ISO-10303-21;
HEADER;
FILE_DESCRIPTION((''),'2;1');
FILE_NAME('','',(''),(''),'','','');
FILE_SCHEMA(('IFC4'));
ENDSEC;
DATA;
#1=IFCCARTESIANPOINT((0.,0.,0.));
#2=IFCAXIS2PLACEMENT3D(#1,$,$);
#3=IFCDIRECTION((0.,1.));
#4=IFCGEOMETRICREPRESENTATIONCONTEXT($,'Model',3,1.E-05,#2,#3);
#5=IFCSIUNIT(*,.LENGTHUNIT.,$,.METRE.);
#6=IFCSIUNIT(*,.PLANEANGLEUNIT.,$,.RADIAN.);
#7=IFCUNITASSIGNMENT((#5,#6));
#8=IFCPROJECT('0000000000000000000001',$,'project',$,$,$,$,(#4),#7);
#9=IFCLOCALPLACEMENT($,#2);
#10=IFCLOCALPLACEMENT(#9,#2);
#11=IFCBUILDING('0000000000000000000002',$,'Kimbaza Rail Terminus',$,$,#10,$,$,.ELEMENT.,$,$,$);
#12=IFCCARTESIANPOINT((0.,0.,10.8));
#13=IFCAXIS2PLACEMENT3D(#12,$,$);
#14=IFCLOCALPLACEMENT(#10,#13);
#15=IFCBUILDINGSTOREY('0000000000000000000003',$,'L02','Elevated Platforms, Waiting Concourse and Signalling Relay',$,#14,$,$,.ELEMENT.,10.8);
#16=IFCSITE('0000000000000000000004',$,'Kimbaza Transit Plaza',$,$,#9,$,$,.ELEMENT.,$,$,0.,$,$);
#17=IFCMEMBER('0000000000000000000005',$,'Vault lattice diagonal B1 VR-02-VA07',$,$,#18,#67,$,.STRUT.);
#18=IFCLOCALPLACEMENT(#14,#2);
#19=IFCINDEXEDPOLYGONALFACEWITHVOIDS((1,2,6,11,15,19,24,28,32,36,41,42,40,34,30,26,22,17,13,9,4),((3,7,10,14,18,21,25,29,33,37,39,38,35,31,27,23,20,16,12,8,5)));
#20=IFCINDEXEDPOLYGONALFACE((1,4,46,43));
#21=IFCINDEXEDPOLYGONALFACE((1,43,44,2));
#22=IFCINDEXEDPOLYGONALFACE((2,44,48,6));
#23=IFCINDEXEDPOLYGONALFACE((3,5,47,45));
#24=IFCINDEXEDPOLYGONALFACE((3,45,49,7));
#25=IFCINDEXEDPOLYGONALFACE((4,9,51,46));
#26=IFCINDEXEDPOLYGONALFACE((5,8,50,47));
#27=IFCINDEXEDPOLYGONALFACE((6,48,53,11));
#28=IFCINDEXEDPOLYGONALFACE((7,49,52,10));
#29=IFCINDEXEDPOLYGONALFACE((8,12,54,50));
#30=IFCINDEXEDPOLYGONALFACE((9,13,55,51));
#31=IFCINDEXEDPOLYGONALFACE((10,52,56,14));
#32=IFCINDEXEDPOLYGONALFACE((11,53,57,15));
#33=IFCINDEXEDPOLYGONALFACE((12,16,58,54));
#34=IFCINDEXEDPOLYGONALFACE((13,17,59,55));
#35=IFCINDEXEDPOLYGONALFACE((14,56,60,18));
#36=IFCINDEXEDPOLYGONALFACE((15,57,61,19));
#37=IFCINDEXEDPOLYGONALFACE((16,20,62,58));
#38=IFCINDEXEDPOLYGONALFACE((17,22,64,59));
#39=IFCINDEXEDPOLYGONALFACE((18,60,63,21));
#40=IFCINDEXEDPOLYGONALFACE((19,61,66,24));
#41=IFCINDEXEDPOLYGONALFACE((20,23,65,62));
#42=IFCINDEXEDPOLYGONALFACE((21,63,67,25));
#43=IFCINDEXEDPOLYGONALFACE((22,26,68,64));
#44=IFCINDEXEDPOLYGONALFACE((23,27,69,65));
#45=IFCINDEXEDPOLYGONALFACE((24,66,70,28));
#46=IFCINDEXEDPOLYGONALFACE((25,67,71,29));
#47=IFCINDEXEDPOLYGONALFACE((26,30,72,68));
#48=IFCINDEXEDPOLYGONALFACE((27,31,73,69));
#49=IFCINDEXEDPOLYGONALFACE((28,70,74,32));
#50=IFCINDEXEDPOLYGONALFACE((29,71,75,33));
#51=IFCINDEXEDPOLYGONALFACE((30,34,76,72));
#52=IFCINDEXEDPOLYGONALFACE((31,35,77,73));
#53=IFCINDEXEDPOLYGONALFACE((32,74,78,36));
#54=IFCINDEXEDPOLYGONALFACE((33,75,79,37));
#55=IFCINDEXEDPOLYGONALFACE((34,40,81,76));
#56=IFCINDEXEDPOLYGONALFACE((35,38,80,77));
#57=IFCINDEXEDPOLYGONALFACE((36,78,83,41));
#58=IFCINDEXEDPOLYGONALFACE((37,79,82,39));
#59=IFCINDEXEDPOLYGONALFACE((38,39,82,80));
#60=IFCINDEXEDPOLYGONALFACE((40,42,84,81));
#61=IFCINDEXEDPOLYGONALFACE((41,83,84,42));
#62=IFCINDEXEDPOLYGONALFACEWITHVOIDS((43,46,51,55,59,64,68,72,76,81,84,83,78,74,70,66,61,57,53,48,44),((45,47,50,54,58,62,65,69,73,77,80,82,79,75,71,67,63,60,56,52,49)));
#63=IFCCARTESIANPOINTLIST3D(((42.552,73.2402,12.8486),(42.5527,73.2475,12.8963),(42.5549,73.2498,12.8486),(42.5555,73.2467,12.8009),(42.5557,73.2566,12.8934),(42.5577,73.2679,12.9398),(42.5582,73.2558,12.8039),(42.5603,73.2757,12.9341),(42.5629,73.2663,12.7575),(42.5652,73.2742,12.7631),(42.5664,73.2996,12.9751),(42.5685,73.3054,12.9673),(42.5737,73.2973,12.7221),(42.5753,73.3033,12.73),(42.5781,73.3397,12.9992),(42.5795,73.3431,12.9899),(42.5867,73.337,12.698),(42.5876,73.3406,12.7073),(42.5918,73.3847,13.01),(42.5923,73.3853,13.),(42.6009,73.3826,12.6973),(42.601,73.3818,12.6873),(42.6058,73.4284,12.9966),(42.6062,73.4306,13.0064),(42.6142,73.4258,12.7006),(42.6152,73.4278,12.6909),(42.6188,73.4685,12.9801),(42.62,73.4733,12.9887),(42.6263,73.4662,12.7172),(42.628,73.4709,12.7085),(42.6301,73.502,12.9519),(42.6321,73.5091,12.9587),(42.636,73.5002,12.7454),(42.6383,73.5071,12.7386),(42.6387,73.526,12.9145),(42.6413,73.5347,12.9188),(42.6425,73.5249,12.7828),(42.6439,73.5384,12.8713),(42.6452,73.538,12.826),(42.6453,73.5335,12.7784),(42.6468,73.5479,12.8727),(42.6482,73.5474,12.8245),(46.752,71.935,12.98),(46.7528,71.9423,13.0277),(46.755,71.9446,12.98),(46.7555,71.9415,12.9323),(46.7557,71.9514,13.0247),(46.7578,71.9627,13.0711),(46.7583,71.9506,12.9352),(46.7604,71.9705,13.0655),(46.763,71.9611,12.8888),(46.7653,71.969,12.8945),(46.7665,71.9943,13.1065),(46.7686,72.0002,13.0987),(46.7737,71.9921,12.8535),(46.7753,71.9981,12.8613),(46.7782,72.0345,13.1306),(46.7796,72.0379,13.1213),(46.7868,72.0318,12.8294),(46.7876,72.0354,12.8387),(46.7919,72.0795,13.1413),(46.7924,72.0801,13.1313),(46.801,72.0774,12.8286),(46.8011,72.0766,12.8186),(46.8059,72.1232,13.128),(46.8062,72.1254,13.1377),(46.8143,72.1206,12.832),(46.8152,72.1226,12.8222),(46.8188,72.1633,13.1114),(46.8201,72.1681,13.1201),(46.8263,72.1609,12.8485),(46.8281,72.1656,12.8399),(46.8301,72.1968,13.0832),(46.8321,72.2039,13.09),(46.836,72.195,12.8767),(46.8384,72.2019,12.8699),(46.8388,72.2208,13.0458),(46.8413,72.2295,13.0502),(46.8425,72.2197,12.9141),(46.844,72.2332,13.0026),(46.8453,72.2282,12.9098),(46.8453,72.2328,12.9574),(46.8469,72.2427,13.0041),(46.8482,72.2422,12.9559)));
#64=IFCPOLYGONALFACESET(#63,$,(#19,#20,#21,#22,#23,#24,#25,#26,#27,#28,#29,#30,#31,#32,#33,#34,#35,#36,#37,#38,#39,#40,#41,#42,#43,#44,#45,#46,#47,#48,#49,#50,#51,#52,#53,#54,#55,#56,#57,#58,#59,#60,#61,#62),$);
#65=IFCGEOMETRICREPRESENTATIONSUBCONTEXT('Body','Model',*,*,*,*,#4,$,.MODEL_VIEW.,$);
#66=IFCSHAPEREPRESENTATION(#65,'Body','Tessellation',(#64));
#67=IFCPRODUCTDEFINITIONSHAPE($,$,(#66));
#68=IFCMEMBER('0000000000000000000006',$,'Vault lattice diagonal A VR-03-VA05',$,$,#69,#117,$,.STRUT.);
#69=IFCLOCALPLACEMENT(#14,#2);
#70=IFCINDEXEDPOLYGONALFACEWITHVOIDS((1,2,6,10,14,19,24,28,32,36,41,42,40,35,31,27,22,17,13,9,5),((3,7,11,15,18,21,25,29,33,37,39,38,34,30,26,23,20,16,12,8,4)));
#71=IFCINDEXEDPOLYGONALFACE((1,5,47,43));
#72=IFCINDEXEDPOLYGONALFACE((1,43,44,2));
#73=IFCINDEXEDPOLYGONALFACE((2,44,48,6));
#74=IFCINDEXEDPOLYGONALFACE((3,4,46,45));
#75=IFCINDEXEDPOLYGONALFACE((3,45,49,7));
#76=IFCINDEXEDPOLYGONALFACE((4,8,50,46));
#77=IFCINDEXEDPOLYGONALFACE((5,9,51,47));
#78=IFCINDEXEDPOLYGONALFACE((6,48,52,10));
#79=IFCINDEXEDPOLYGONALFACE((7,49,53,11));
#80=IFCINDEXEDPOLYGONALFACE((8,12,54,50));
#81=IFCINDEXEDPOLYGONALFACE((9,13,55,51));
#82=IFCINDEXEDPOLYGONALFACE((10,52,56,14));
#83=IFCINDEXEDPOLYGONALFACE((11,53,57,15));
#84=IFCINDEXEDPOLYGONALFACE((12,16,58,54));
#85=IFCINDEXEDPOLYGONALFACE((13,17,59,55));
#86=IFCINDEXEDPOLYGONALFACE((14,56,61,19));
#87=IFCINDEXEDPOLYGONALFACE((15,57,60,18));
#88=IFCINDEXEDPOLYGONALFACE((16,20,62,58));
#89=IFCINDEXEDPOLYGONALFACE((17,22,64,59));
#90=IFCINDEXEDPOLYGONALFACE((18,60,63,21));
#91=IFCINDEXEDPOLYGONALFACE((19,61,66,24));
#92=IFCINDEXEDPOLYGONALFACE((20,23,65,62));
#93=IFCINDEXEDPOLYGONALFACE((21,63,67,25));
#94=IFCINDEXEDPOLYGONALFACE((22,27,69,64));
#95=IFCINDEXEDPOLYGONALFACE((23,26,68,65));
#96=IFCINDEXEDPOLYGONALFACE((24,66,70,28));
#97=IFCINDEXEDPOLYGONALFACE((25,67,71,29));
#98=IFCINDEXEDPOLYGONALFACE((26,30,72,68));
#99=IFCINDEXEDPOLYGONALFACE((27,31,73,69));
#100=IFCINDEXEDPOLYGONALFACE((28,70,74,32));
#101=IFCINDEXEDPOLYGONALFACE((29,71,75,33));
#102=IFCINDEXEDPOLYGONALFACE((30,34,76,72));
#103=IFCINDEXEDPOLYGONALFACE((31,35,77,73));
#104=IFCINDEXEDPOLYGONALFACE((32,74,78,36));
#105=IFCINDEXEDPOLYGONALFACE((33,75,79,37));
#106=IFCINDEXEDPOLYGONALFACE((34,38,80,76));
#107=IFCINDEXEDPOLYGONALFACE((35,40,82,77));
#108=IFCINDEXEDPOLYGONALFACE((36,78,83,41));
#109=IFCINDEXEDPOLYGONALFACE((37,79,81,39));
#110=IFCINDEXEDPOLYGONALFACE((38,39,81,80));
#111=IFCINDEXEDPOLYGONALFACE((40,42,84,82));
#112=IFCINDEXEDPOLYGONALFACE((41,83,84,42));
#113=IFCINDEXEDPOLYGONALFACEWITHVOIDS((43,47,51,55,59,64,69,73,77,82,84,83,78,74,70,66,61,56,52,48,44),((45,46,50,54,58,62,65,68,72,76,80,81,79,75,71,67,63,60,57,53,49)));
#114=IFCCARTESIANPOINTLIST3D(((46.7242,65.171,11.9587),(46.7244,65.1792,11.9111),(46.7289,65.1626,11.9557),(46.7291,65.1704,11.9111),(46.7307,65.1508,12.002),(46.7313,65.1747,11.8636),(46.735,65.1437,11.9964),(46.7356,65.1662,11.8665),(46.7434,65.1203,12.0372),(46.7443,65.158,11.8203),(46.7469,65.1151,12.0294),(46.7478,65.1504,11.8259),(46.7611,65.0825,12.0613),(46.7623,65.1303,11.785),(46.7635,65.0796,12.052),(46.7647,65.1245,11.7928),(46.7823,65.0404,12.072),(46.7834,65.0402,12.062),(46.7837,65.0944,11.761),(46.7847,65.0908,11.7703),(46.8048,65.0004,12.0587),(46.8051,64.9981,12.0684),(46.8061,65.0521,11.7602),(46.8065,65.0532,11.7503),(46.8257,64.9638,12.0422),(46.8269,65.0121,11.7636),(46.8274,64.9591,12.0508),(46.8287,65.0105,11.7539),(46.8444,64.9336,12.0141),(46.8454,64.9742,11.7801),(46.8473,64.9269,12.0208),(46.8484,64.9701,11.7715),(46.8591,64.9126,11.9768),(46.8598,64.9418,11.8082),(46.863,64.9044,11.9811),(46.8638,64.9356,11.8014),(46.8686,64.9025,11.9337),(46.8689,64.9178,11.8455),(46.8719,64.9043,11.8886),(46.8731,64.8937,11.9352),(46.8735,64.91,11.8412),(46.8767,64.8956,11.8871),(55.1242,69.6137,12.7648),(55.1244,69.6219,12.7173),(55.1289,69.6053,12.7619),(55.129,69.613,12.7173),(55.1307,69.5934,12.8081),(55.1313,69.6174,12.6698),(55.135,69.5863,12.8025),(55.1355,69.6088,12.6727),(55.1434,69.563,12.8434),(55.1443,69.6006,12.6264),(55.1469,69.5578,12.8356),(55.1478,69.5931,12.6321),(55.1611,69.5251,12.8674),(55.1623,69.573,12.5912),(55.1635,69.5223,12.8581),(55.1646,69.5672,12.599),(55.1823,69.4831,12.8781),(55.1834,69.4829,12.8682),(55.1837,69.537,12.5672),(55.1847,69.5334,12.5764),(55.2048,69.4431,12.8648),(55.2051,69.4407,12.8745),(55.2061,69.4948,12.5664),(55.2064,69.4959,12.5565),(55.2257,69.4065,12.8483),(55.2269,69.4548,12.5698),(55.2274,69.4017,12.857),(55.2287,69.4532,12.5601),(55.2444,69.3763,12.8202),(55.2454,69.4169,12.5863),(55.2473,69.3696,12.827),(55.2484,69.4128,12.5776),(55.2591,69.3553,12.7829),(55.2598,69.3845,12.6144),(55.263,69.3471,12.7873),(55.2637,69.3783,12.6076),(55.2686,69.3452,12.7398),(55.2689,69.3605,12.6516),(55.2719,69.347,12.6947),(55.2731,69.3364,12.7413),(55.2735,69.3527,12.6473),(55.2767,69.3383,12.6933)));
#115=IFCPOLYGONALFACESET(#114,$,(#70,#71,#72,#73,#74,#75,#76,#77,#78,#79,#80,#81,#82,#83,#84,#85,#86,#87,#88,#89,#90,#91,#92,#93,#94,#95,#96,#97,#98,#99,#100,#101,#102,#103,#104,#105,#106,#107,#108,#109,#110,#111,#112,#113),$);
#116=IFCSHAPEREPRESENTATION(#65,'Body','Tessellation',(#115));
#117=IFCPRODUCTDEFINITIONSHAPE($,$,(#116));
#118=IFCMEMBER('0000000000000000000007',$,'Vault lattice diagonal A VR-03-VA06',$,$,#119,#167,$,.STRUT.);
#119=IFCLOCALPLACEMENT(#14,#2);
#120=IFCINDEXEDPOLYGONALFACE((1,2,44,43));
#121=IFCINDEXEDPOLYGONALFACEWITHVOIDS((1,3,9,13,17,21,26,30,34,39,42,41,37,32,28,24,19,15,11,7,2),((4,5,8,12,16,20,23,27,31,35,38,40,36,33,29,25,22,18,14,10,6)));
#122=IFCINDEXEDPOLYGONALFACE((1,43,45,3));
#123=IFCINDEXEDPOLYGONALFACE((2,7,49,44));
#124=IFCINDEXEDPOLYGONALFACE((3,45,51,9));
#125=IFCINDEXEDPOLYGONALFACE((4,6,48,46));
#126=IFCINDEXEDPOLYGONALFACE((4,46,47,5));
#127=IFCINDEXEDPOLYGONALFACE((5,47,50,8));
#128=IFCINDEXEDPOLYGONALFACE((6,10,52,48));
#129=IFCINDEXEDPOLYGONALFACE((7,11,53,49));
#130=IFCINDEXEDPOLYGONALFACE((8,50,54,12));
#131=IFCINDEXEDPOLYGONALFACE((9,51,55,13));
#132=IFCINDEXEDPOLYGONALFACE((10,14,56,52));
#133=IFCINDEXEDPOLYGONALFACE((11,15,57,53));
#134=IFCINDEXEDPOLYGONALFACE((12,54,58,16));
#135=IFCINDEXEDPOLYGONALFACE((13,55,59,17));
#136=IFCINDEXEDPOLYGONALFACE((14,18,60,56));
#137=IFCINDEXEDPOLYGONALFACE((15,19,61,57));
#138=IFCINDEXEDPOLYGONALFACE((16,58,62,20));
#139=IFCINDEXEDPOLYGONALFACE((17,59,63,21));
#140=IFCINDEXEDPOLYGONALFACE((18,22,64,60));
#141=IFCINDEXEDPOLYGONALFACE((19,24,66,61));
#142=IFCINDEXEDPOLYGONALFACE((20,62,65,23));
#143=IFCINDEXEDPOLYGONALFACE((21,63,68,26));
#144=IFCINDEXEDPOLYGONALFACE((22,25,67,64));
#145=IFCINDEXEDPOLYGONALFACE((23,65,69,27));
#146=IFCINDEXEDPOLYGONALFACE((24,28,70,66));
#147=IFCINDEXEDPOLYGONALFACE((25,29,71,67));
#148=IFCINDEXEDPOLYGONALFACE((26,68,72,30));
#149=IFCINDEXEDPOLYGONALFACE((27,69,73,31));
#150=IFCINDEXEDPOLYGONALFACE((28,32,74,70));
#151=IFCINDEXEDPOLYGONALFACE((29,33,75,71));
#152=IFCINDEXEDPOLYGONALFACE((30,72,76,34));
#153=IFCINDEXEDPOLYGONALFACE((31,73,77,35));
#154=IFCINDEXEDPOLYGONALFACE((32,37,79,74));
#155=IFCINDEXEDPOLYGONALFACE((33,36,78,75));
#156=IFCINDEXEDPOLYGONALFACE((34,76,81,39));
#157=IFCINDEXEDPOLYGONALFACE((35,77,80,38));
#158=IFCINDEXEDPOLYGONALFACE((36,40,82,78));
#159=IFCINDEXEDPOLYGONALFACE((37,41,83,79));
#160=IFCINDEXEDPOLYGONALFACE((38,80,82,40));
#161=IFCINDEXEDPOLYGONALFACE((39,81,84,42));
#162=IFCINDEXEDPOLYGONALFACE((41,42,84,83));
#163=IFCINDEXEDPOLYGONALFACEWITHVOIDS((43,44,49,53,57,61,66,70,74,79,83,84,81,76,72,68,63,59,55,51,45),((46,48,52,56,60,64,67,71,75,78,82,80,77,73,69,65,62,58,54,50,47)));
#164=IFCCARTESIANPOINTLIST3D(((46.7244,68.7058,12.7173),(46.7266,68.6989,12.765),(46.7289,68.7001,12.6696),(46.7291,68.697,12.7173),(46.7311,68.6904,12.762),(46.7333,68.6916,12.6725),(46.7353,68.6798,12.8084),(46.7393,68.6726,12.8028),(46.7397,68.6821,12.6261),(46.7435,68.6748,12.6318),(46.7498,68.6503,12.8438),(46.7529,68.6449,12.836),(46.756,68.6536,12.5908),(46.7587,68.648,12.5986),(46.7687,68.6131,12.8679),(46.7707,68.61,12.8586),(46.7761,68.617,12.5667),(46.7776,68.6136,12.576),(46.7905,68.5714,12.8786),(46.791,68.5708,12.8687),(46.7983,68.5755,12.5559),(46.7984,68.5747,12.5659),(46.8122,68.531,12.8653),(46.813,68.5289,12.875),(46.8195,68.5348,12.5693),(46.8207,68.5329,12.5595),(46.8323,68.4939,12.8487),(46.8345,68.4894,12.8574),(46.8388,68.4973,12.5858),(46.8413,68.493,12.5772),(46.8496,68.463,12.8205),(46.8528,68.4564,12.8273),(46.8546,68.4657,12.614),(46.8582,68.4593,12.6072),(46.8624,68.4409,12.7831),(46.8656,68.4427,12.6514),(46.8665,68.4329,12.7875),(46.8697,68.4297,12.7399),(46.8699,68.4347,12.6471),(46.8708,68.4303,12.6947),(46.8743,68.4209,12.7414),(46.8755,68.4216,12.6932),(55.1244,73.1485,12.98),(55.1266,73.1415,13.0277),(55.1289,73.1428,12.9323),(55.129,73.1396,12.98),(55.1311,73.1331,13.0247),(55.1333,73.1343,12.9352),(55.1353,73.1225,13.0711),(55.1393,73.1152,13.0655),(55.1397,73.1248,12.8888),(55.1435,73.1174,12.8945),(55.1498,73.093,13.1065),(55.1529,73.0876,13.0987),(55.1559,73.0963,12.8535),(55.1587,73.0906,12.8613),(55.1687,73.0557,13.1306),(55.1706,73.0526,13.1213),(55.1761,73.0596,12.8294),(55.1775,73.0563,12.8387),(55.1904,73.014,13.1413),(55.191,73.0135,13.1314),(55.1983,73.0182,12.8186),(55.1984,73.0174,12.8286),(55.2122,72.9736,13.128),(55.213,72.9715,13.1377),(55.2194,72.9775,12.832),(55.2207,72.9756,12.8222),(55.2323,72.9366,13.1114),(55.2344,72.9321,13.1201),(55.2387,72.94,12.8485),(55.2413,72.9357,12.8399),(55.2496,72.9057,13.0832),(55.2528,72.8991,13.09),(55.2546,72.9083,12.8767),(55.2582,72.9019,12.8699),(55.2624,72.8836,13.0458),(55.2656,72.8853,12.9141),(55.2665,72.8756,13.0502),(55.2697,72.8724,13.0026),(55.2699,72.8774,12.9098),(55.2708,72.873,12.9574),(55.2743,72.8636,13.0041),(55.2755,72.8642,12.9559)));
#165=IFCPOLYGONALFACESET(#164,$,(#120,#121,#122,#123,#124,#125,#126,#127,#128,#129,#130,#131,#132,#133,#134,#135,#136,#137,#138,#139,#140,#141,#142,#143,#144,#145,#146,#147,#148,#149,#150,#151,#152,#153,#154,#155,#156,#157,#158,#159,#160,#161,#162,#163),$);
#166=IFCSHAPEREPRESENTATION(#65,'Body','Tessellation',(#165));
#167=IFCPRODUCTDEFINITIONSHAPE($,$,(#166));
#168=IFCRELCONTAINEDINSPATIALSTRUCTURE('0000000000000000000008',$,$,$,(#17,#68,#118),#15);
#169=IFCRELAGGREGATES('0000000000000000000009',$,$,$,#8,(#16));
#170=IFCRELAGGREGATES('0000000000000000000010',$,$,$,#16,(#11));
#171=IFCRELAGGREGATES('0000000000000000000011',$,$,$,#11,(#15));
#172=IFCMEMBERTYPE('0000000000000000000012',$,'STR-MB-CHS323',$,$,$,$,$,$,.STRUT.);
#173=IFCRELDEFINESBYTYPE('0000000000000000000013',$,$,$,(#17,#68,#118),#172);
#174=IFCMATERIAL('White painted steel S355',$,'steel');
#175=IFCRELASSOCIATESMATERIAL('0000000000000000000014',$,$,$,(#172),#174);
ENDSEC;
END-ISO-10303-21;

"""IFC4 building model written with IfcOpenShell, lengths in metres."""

from ifc_helpers import new_model, si_unit, direction, frame, origin, origin_2d, place, context, subcontext, project, spatial, hollow_circle, extrude, material, material_profile, profile_set, type_object, element, save


model = new_model("IFC4")

# Units and contexts
model_context = context("Model", 3, precision=1e-05, world=origin(), true_north=direction((0.0, 1.0)))
body_context = subcontext(model_context, "Body", "Model", "MODEL_VIEW")
ifc_project = project(units=[si_unit("LENGTHUNIT", "METRE"), si_unit("PLANEANGLEUNIT", "RADIAN")], contexts=[model_context])

# Site, building, storey
site_placement = place(None, origin())
site = spatial("IfcSite", under=ifc_project, at=site_placement, Name="Kimbaza Transit Plaza", CompositionType="ELEMENT", RefElevation=0.0)
building_placement = place(site_placement, origin())
building = spatial("IfcBuilding", under=site, at=building_placement, Name="Kimbaza Rail Terminus", CompositionType="ELEMENT")
storey_placement = place(building_placement, frame((0.0, 0.0, 10.8)))
storey = spatial("IfcBuildingStorey", under=building, at=storey_placement, Name="L02", Description="Elevated Platforms, Waiting Concourse and Signalling Relay", CompositionType="ELEMENT", Elevation=10.8)

# Members
ifc_material_1 = material(Name="White painted steel S355", Category="steel")
ifc_material_profile_1 = material_profile(ifc_material_1, hollow_circle(Radius=0.1619, WallThickness=0.01, at=origin_2d()), Name="CHS 323.9x10")
ifc_profile_set_1 = profile_set([ifc_material_profile_1], Name="White painted steel S355")
member_type_1 = type_object("IfcMemberType", Name="STR-MB-CHS323", PredefinedType="STRUT", material=ifc_profile_set_1)
member_1_placement = place(storey_placement, frame((46.8, 72.0896, 12.98), z_axis=(-0.954526, 0.296628, -0.029851), x_axis=(-0.296761, -0.954952, 0.0)))
element("IfcMember", 1, at=member_1_placement, inside=storey, type_object=member_type_1, Name="Vault lattice diagonal B1 VR-02-VA07", PredefinedType="STRUT", context=body_context, shape_type="SweptSolid", body=[
    extrude(hollow_circle(Radius=0.1619, WallThickness=0.01, at=origin_2d()), origin(), (0.0, 0.0, 1.0), 4.4001),
])
member_2_placement = place(storey_placement, frame((46.8, 65.0361, 11.9111), z_axis=(0.880814, 0.465854, 0.084533), x_axis=(-0.467528, 0.883978, 0.0)))
element("IfcMember", 2, at=member_2_placement, inside=storey, type_object=member_type_1, Name="Vault lattice diagonal A VR-03-VA05", PredefinedType="STRUT", context=body_context, shape_type="SweptSolid", body=[
    extrude(hollow_circle(Radius=0.1619, WallThickness=0.01, at=origin_2d()), origin(), (0.0, 0.0, 1.0), 9.5366),
])
member_3_placement = place(storey_placement, frame((46.8, 68.5627, 12.7173), z_axis=(0.883641, 0.467349, 0.027635), x_axis=(-0.467528, 0.883978, 0.0)))
element("IfcMember", 3, at=member_3_placement, inside=storey, type_object=member_type_1, Name="Vault lattice diagonal A VR-03-VA06", PredefinedType="STRUT", context=body_context, shape_type="SweptSolid", body=[
    extrude(hollow_circle(Radius=0.1619, WallThickness=0.01, at=origin_2d()), origin(), (0.0, 0.0, 1.0), 9.5061),
])

save(model, "model.ifc")
